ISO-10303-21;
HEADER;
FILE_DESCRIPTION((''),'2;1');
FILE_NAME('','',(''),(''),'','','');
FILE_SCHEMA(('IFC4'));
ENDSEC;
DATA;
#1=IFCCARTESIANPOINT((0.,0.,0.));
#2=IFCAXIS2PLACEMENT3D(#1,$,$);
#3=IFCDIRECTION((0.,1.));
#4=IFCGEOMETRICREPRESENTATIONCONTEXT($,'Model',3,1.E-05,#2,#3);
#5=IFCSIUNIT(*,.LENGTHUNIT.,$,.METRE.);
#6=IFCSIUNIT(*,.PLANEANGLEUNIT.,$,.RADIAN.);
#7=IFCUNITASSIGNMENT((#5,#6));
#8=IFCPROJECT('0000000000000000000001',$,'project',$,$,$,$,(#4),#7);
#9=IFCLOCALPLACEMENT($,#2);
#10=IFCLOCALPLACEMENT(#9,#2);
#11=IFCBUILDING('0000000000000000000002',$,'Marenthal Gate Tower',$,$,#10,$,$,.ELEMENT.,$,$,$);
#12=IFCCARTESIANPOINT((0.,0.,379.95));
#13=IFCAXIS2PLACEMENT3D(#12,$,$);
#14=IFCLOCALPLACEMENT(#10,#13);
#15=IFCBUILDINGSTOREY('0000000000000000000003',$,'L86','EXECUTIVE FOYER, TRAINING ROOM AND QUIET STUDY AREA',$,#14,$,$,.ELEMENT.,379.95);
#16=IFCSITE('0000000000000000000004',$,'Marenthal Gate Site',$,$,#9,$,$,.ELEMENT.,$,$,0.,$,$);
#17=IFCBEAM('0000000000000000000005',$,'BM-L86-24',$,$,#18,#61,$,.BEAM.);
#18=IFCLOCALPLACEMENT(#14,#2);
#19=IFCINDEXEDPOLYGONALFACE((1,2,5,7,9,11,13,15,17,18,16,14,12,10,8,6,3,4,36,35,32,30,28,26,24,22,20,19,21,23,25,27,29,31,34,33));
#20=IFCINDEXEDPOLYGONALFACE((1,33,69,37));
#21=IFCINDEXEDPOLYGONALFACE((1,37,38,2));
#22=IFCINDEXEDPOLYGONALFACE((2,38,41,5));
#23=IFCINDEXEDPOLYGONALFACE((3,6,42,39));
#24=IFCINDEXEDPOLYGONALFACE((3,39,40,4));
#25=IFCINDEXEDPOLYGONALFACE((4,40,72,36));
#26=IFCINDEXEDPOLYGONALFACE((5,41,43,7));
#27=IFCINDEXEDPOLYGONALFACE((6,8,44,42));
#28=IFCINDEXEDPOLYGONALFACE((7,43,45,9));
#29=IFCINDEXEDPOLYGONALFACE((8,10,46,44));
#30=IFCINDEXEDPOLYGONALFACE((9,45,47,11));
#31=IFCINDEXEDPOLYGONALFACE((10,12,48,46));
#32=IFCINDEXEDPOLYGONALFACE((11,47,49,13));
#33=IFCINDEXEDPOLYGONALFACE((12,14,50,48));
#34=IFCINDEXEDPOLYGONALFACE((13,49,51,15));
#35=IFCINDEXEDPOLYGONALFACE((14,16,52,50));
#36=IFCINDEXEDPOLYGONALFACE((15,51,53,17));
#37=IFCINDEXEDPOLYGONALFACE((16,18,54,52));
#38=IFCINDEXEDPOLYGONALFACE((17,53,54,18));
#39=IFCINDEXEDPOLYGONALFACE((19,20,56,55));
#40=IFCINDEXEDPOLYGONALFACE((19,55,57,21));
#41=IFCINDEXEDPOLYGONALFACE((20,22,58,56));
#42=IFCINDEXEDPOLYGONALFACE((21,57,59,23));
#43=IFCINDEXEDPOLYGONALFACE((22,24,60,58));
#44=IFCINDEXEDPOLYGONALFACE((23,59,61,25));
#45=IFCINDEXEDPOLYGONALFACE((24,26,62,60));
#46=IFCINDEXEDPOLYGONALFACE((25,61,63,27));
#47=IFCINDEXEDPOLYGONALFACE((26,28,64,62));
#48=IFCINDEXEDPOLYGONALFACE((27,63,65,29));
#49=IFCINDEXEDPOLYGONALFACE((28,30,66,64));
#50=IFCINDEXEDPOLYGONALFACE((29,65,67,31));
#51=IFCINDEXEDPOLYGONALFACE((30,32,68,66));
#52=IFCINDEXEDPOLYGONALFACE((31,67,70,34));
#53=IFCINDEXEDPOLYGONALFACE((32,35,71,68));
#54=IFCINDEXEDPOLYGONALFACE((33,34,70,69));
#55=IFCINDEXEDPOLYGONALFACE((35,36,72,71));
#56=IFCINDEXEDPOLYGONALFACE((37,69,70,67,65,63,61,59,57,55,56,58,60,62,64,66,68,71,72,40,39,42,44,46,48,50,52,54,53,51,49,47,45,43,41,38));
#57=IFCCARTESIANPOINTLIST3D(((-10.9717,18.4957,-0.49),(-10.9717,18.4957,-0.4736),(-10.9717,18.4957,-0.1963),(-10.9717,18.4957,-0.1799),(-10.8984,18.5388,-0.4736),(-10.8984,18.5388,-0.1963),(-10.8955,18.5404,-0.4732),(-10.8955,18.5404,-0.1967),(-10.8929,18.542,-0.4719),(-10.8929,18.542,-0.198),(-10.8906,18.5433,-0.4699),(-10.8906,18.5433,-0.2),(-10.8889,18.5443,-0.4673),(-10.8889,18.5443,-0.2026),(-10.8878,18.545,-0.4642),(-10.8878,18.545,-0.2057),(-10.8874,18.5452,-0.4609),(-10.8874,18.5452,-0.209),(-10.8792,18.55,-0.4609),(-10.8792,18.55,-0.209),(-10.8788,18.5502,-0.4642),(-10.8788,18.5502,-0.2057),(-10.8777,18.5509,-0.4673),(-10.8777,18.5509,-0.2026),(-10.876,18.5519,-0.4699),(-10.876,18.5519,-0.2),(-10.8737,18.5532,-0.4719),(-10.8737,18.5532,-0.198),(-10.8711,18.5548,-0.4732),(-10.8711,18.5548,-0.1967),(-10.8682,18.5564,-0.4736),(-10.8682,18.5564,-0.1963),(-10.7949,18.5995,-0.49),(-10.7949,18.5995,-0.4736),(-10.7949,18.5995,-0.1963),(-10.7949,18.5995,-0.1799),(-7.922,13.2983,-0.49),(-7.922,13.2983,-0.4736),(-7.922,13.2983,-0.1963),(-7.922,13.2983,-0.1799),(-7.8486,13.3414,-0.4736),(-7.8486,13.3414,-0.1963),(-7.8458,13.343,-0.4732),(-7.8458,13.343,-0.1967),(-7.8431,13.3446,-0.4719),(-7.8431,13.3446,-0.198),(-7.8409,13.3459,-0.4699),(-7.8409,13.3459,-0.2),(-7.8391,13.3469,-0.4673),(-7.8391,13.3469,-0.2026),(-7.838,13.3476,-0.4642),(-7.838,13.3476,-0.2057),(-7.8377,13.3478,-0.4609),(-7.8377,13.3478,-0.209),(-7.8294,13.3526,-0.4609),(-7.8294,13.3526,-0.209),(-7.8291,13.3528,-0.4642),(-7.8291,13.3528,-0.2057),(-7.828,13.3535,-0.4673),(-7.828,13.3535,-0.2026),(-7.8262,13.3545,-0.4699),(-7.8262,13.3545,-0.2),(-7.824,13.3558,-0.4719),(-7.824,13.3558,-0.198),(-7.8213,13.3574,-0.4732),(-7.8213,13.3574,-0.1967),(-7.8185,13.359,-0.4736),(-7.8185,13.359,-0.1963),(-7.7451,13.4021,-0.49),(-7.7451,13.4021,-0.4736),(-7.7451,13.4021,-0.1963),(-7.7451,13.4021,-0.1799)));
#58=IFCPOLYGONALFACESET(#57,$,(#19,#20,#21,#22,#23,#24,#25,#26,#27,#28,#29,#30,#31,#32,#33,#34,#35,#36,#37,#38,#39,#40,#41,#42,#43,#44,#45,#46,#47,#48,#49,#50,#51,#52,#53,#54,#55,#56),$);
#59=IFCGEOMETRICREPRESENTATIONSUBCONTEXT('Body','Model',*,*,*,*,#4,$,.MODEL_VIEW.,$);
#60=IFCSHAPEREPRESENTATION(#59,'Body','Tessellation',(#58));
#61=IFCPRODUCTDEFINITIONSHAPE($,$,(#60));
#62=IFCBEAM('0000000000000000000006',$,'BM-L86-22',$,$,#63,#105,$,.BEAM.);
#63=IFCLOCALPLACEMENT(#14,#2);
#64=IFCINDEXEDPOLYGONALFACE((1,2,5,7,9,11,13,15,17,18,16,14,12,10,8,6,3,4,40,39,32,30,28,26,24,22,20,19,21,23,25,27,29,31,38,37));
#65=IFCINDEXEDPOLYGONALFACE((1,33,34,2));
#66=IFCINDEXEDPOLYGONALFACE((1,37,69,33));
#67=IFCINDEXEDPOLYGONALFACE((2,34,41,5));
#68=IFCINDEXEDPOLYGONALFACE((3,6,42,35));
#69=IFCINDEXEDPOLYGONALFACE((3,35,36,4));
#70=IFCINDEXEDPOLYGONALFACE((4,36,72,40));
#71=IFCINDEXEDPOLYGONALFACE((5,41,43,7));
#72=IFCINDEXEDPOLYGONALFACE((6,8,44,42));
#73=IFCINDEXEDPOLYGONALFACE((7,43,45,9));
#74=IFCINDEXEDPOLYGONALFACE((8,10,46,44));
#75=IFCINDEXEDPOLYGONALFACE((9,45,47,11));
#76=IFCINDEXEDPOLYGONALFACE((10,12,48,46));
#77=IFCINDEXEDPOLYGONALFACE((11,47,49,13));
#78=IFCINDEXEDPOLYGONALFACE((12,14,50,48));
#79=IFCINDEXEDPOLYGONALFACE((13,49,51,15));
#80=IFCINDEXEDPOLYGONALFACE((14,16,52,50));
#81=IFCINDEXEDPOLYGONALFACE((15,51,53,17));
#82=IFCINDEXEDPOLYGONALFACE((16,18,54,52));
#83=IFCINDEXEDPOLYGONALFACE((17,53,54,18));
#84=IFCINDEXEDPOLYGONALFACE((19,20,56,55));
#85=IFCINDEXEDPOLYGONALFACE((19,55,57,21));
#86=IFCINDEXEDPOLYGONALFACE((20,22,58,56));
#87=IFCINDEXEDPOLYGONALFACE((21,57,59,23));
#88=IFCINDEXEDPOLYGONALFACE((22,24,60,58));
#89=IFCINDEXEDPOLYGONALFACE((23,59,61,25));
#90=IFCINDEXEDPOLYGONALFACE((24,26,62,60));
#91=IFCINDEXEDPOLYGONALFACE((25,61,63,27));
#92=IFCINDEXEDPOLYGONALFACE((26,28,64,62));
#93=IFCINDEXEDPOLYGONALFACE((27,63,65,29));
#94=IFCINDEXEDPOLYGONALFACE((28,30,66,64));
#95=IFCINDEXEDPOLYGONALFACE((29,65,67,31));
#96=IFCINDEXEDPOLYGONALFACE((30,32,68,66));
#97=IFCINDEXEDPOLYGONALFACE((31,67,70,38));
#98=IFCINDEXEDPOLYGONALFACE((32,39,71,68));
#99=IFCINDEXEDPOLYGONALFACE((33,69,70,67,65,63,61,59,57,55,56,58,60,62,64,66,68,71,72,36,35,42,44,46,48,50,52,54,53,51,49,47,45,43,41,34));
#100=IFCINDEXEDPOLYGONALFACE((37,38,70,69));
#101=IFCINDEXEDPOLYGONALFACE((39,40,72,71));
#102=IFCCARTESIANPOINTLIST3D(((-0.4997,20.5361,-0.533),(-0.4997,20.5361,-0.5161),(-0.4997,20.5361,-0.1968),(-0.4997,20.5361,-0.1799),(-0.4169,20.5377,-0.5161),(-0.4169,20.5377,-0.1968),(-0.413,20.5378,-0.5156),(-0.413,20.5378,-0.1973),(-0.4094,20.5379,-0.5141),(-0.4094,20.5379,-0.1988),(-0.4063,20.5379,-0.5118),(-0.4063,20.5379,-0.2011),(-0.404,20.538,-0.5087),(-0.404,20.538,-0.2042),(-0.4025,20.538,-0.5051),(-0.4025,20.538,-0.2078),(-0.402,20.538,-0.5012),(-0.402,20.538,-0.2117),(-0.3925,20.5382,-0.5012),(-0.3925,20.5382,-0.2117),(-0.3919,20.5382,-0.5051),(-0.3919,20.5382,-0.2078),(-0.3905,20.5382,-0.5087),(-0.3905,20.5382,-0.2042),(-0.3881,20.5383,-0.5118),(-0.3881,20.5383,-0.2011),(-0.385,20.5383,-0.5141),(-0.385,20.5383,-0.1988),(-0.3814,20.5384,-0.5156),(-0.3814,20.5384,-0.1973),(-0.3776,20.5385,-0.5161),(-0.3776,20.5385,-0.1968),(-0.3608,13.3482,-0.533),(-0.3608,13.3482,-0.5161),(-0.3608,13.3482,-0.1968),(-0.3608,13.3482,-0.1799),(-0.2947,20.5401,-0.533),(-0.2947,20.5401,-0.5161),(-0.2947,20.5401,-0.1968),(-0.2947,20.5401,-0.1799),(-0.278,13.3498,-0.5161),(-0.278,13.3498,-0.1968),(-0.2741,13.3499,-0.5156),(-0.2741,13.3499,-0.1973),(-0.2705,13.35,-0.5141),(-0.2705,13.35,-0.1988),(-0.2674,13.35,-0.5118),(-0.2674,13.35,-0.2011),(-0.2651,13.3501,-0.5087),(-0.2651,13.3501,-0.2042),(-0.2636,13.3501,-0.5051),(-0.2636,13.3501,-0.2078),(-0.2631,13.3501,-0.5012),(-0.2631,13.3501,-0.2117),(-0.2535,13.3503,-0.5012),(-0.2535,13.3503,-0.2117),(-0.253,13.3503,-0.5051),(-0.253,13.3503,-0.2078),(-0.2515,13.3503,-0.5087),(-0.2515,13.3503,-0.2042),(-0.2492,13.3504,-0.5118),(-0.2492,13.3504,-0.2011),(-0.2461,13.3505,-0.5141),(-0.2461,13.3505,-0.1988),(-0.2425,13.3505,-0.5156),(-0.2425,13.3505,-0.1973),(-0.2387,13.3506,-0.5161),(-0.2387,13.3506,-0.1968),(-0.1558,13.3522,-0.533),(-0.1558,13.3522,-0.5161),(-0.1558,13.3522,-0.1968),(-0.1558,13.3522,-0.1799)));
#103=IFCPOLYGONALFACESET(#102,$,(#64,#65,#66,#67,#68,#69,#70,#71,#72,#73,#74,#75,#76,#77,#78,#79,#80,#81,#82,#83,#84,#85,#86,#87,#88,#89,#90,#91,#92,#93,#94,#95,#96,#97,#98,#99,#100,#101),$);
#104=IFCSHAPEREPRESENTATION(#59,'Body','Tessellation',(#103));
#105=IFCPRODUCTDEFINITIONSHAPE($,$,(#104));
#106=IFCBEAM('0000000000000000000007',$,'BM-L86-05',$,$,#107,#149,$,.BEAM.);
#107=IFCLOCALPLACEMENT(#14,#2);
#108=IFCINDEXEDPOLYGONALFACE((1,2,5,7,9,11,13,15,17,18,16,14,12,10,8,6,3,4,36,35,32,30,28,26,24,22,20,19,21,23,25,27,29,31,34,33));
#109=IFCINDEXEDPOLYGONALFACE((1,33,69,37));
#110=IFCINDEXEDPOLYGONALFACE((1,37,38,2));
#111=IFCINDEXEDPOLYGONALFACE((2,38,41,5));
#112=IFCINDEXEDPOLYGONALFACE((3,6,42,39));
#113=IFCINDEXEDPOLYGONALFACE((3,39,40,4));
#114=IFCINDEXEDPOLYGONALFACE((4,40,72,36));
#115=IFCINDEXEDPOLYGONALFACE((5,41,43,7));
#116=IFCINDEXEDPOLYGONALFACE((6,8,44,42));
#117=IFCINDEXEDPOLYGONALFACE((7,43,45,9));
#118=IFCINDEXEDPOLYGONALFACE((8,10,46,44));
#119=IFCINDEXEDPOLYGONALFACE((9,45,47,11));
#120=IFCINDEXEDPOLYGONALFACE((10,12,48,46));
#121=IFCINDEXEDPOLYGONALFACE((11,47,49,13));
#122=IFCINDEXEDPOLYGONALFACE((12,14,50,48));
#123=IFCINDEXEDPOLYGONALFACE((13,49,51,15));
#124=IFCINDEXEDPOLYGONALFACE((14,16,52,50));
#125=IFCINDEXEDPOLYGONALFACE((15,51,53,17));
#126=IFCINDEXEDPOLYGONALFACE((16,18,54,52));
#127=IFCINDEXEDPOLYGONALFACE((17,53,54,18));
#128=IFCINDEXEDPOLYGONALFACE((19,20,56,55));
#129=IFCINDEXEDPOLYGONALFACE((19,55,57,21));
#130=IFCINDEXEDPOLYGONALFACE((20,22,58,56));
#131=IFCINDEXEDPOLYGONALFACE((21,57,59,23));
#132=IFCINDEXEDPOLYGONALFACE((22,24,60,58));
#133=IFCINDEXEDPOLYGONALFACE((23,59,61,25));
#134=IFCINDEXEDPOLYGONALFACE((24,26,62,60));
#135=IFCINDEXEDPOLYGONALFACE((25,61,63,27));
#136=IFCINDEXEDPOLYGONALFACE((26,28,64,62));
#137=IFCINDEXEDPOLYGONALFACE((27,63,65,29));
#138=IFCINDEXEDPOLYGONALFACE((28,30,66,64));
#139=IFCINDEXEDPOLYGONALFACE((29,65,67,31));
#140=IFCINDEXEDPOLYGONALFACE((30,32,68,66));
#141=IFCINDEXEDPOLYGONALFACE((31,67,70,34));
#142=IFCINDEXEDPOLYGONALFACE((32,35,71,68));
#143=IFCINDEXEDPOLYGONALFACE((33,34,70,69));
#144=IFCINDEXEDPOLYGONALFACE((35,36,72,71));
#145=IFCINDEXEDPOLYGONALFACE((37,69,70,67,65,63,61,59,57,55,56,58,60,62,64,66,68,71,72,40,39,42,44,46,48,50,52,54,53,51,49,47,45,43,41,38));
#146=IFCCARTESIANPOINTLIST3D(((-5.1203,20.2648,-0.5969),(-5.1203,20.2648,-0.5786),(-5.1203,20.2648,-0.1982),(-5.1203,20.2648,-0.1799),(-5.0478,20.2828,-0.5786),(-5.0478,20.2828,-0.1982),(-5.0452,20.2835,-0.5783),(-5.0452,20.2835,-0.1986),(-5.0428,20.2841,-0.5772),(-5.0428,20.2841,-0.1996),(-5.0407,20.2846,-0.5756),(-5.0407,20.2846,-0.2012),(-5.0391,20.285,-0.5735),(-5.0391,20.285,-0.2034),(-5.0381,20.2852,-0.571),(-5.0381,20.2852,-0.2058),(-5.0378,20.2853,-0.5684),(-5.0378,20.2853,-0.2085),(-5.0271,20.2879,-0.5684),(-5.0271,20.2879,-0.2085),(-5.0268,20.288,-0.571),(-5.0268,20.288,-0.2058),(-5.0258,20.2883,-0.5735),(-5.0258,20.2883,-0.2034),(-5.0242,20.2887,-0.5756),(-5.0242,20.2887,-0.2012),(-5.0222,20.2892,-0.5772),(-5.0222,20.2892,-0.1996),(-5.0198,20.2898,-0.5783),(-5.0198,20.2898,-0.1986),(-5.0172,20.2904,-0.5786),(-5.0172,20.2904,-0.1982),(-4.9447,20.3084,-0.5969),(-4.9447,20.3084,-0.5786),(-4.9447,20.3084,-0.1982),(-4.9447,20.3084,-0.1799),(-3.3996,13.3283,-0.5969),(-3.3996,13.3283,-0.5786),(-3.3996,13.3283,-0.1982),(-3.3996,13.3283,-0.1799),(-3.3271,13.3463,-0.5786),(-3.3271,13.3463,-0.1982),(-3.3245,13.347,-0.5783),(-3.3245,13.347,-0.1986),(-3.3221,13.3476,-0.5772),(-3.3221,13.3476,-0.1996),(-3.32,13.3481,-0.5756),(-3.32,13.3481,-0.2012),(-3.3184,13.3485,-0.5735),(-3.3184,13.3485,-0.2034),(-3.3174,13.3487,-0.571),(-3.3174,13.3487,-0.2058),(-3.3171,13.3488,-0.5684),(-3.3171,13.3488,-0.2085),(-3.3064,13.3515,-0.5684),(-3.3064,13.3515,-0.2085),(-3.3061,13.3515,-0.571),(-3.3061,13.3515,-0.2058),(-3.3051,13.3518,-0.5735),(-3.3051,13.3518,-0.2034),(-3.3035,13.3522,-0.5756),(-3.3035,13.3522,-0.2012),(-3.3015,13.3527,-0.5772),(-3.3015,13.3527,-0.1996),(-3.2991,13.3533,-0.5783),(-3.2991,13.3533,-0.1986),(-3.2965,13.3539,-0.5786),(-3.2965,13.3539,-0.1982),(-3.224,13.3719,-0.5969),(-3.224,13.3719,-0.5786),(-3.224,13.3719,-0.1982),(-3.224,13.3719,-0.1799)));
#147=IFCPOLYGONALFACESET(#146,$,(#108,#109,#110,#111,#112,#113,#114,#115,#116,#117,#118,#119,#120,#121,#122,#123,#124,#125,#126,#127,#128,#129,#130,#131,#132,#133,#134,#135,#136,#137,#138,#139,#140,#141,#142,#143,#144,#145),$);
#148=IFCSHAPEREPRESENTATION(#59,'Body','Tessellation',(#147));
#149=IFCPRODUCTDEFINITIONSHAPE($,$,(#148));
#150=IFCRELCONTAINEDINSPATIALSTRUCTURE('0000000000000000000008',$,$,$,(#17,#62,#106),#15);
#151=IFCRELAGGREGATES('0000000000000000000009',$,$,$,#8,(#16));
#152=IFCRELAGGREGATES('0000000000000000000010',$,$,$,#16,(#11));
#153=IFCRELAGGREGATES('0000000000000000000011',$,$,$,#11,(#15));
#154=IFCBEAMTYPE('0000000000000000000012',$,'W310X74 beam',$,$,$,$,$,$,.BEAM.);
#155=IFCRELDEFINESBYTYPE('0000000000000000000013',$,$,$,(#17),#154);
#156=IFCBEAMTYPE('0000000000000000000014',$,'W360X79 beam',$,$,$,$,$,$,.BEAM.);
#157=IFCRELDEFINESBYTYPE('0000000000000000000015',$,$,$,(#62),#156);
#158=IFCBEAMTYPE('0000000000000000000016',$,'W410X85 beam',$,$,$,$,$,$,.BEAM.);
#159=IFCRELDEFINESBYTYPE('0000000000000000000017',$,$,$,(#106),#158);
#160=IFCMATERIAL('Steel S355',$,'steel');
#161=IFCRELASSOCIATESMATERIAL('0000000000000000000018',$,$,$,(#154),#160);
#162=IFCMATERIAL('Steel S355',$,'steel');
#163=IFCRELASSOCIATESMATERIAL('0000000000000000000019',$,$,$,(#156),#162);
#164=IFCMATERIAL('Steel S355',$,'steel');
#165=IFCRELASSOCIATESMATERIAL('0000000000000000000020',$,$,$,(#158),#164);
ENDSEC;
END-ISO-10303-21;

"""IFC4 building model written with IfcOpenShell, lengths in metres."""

from ifc_helpers import new_model, si_unit, direction, frame, origin, origin_2d, place, context, subcontext, project, spatial, i_section, extrude, material, material_profile, profile_set, type_object, element, save


model = new_model("IFC4")

# Units and contexts
model_context = context("Model", 3, precision=1e-05, world=origin(), true_north=direction((0.0, 1.0)))
body_context = subcontext(model_context, "Body", "Model", "MODEL_VIEW")
ifc_project = project(units=[si_unit("LENGTHUNIT", "METRE"), si_unit("PLANEANGLEUNIT", "RADIAN")], contexts=[model_context])

# Site, building, storey
site_placement = place(None, origin())
site = spatial("IfcSite", under=ifc_project, at=site_placement, Name="Marenthal Gate Site", CompositionType="ELEMENT", RefElevation=0.0)
building_placement = place(site_placement, origin())
building = spatial("IfcBuilding", under=site, at=building_placement, Name="Marenthal Gate Tower", CompositionType="ELEMENT")
storey_placement = place(building_placement, frame((0.0, 0.0, 379.95)))
storey = spatial("IfcBuildingStorey", under=building, at=storey_placement, Name="L86", Description="EXECUTIVE FOYER, TRAINING ROOM AND QUIET STUDY AREA", CompositionType="ELEMENT", Elevation=379.95)

# Beams
ifc_material_1 = material(Name="Steel S355", Category="steel")
ifc_material_profile_1 = material_profile(ifc_material_1, i_section(OverallWidth=0.2051, OverallDepth=0.3101, WebThickness=0.0095, FlangeThickness=0.0164, FilletRadius=0.0127, at=origin_2d()), Name="W310X74")
ifc_profile_set_1 = profile_set([ifc_material_profile_1], Name="Steel S355")
beam_type_1 = type_object("IfcBeamType", Name="W310X74 beam", PredefinedType="BEAM", material=ifc_profile_set_1)
beam_1_placement = place(storey_placement, frame((-10.8833, 18.5476, -0.335), z_axis=(0.506089, -0.862482, 0.0), x_axis=(0.862482, 0.506089, 0.0)))
element("IfcBeam", 1, at=beam_1_placement, inside=storey, type_object=beam_type_1, Name="BM-L86-24", PredefinedType="BEAM", context=body_context, shape_type="SweptSolid", body=[
    extrude(i_section(OverallWidth=0.2051, OverallDepth=0.3101, WebThickness=0.0095, FlangeThickness=0.0164, FilletRadius=0.0127, at=origin_2d()), origin(), (0.0, 0.0, 1.0), 6.0261),
])
ifc_material_2 = material(Name="Steel S355", Category="steel")
ifc_material_profile_2 = material_profile(ifc_material_2, i_section(OverallWidth=0.2051, OverallDepth=0.353, WebThickness=0.0095, FlangeThickness=0.0168, FilletRadius=0.0149, at=origin_2d()), Name="W360X79")
ifc_profile_set_2 = profile_set([ifc_material_profile_2], Name="Steel S355")
beam_type_2 = type_object("IfcBeamType", Name="W360X79 beam", PredefinedType="BEAM", material=ifc_profile_set_2)
beam_2_placement = place(storey_placement, frame((-0.3972, 20.5381, -0.3564), z_axis=(0.019323, -0.999813, 0.0), x_axis=(0.999813, 0.019323, 0.0)))
element("IfcBeam", 2, at=beam_2_placement, inside=storey, type_object=beam_type_2, Name="BM-L86-22", PredefinedType="BEAM", context=body_context, shape_type="SweptSolid", body=[
    extrude(i_section(OverallWidth=0.2051, OverallDepth=0.353, WebThickness=0.0095, FlangeThickness=0.0168, FilletRadius=0.0149, at=origin_2d()), origin(), (0.0, 0.0, 1.0), 7.1892),
])
ifc_material_3 = material(Name="Steel S355", Category="steel")
ifc_material_profile_3 = material_profile(ifc_material_3, i_section(OverallWidth=0.1809, OverallDepth=0.417, WebThickness=0.011, FlangeThickness=0.0183, FilletRadius=0.0103, at=origin_2d()), Name="W410X85")
ifc_profile_set_3 = profile_set([ifc_material_profile_3], Name="Steel S355")
beam_type_3 = type_object("IfcBeamType", Name="W410X85 beam", PredefinedType="BEAM", material=ifc_profile_set_3)
beam_3_placement = place(storey_placement, frame((-5.0325, 20.2866, -0.3884), z_axis=(0.240767, -0.970583, 0.0), x_axis=(0.970583, 0.240767, 0.0)))
element("IfcBeam", 3, at=beam_3_placement, inside=storey, type_object=beam_type_3, Name="BM-L86-05", PredefinedType="BEAM", context=body_context, shape_type="SweptSolid", body=[
    extrude(i_section(OverallWidth=0.1809, OverallDepth=0.417, WebThickness=0.011, FlangeThickness=0.0183, FilletRadius=0.0103, at=origin_2d()), origin(), (0.0, 0.0, 1.0), 7.1467),
])

save(model, "model.ifc")
